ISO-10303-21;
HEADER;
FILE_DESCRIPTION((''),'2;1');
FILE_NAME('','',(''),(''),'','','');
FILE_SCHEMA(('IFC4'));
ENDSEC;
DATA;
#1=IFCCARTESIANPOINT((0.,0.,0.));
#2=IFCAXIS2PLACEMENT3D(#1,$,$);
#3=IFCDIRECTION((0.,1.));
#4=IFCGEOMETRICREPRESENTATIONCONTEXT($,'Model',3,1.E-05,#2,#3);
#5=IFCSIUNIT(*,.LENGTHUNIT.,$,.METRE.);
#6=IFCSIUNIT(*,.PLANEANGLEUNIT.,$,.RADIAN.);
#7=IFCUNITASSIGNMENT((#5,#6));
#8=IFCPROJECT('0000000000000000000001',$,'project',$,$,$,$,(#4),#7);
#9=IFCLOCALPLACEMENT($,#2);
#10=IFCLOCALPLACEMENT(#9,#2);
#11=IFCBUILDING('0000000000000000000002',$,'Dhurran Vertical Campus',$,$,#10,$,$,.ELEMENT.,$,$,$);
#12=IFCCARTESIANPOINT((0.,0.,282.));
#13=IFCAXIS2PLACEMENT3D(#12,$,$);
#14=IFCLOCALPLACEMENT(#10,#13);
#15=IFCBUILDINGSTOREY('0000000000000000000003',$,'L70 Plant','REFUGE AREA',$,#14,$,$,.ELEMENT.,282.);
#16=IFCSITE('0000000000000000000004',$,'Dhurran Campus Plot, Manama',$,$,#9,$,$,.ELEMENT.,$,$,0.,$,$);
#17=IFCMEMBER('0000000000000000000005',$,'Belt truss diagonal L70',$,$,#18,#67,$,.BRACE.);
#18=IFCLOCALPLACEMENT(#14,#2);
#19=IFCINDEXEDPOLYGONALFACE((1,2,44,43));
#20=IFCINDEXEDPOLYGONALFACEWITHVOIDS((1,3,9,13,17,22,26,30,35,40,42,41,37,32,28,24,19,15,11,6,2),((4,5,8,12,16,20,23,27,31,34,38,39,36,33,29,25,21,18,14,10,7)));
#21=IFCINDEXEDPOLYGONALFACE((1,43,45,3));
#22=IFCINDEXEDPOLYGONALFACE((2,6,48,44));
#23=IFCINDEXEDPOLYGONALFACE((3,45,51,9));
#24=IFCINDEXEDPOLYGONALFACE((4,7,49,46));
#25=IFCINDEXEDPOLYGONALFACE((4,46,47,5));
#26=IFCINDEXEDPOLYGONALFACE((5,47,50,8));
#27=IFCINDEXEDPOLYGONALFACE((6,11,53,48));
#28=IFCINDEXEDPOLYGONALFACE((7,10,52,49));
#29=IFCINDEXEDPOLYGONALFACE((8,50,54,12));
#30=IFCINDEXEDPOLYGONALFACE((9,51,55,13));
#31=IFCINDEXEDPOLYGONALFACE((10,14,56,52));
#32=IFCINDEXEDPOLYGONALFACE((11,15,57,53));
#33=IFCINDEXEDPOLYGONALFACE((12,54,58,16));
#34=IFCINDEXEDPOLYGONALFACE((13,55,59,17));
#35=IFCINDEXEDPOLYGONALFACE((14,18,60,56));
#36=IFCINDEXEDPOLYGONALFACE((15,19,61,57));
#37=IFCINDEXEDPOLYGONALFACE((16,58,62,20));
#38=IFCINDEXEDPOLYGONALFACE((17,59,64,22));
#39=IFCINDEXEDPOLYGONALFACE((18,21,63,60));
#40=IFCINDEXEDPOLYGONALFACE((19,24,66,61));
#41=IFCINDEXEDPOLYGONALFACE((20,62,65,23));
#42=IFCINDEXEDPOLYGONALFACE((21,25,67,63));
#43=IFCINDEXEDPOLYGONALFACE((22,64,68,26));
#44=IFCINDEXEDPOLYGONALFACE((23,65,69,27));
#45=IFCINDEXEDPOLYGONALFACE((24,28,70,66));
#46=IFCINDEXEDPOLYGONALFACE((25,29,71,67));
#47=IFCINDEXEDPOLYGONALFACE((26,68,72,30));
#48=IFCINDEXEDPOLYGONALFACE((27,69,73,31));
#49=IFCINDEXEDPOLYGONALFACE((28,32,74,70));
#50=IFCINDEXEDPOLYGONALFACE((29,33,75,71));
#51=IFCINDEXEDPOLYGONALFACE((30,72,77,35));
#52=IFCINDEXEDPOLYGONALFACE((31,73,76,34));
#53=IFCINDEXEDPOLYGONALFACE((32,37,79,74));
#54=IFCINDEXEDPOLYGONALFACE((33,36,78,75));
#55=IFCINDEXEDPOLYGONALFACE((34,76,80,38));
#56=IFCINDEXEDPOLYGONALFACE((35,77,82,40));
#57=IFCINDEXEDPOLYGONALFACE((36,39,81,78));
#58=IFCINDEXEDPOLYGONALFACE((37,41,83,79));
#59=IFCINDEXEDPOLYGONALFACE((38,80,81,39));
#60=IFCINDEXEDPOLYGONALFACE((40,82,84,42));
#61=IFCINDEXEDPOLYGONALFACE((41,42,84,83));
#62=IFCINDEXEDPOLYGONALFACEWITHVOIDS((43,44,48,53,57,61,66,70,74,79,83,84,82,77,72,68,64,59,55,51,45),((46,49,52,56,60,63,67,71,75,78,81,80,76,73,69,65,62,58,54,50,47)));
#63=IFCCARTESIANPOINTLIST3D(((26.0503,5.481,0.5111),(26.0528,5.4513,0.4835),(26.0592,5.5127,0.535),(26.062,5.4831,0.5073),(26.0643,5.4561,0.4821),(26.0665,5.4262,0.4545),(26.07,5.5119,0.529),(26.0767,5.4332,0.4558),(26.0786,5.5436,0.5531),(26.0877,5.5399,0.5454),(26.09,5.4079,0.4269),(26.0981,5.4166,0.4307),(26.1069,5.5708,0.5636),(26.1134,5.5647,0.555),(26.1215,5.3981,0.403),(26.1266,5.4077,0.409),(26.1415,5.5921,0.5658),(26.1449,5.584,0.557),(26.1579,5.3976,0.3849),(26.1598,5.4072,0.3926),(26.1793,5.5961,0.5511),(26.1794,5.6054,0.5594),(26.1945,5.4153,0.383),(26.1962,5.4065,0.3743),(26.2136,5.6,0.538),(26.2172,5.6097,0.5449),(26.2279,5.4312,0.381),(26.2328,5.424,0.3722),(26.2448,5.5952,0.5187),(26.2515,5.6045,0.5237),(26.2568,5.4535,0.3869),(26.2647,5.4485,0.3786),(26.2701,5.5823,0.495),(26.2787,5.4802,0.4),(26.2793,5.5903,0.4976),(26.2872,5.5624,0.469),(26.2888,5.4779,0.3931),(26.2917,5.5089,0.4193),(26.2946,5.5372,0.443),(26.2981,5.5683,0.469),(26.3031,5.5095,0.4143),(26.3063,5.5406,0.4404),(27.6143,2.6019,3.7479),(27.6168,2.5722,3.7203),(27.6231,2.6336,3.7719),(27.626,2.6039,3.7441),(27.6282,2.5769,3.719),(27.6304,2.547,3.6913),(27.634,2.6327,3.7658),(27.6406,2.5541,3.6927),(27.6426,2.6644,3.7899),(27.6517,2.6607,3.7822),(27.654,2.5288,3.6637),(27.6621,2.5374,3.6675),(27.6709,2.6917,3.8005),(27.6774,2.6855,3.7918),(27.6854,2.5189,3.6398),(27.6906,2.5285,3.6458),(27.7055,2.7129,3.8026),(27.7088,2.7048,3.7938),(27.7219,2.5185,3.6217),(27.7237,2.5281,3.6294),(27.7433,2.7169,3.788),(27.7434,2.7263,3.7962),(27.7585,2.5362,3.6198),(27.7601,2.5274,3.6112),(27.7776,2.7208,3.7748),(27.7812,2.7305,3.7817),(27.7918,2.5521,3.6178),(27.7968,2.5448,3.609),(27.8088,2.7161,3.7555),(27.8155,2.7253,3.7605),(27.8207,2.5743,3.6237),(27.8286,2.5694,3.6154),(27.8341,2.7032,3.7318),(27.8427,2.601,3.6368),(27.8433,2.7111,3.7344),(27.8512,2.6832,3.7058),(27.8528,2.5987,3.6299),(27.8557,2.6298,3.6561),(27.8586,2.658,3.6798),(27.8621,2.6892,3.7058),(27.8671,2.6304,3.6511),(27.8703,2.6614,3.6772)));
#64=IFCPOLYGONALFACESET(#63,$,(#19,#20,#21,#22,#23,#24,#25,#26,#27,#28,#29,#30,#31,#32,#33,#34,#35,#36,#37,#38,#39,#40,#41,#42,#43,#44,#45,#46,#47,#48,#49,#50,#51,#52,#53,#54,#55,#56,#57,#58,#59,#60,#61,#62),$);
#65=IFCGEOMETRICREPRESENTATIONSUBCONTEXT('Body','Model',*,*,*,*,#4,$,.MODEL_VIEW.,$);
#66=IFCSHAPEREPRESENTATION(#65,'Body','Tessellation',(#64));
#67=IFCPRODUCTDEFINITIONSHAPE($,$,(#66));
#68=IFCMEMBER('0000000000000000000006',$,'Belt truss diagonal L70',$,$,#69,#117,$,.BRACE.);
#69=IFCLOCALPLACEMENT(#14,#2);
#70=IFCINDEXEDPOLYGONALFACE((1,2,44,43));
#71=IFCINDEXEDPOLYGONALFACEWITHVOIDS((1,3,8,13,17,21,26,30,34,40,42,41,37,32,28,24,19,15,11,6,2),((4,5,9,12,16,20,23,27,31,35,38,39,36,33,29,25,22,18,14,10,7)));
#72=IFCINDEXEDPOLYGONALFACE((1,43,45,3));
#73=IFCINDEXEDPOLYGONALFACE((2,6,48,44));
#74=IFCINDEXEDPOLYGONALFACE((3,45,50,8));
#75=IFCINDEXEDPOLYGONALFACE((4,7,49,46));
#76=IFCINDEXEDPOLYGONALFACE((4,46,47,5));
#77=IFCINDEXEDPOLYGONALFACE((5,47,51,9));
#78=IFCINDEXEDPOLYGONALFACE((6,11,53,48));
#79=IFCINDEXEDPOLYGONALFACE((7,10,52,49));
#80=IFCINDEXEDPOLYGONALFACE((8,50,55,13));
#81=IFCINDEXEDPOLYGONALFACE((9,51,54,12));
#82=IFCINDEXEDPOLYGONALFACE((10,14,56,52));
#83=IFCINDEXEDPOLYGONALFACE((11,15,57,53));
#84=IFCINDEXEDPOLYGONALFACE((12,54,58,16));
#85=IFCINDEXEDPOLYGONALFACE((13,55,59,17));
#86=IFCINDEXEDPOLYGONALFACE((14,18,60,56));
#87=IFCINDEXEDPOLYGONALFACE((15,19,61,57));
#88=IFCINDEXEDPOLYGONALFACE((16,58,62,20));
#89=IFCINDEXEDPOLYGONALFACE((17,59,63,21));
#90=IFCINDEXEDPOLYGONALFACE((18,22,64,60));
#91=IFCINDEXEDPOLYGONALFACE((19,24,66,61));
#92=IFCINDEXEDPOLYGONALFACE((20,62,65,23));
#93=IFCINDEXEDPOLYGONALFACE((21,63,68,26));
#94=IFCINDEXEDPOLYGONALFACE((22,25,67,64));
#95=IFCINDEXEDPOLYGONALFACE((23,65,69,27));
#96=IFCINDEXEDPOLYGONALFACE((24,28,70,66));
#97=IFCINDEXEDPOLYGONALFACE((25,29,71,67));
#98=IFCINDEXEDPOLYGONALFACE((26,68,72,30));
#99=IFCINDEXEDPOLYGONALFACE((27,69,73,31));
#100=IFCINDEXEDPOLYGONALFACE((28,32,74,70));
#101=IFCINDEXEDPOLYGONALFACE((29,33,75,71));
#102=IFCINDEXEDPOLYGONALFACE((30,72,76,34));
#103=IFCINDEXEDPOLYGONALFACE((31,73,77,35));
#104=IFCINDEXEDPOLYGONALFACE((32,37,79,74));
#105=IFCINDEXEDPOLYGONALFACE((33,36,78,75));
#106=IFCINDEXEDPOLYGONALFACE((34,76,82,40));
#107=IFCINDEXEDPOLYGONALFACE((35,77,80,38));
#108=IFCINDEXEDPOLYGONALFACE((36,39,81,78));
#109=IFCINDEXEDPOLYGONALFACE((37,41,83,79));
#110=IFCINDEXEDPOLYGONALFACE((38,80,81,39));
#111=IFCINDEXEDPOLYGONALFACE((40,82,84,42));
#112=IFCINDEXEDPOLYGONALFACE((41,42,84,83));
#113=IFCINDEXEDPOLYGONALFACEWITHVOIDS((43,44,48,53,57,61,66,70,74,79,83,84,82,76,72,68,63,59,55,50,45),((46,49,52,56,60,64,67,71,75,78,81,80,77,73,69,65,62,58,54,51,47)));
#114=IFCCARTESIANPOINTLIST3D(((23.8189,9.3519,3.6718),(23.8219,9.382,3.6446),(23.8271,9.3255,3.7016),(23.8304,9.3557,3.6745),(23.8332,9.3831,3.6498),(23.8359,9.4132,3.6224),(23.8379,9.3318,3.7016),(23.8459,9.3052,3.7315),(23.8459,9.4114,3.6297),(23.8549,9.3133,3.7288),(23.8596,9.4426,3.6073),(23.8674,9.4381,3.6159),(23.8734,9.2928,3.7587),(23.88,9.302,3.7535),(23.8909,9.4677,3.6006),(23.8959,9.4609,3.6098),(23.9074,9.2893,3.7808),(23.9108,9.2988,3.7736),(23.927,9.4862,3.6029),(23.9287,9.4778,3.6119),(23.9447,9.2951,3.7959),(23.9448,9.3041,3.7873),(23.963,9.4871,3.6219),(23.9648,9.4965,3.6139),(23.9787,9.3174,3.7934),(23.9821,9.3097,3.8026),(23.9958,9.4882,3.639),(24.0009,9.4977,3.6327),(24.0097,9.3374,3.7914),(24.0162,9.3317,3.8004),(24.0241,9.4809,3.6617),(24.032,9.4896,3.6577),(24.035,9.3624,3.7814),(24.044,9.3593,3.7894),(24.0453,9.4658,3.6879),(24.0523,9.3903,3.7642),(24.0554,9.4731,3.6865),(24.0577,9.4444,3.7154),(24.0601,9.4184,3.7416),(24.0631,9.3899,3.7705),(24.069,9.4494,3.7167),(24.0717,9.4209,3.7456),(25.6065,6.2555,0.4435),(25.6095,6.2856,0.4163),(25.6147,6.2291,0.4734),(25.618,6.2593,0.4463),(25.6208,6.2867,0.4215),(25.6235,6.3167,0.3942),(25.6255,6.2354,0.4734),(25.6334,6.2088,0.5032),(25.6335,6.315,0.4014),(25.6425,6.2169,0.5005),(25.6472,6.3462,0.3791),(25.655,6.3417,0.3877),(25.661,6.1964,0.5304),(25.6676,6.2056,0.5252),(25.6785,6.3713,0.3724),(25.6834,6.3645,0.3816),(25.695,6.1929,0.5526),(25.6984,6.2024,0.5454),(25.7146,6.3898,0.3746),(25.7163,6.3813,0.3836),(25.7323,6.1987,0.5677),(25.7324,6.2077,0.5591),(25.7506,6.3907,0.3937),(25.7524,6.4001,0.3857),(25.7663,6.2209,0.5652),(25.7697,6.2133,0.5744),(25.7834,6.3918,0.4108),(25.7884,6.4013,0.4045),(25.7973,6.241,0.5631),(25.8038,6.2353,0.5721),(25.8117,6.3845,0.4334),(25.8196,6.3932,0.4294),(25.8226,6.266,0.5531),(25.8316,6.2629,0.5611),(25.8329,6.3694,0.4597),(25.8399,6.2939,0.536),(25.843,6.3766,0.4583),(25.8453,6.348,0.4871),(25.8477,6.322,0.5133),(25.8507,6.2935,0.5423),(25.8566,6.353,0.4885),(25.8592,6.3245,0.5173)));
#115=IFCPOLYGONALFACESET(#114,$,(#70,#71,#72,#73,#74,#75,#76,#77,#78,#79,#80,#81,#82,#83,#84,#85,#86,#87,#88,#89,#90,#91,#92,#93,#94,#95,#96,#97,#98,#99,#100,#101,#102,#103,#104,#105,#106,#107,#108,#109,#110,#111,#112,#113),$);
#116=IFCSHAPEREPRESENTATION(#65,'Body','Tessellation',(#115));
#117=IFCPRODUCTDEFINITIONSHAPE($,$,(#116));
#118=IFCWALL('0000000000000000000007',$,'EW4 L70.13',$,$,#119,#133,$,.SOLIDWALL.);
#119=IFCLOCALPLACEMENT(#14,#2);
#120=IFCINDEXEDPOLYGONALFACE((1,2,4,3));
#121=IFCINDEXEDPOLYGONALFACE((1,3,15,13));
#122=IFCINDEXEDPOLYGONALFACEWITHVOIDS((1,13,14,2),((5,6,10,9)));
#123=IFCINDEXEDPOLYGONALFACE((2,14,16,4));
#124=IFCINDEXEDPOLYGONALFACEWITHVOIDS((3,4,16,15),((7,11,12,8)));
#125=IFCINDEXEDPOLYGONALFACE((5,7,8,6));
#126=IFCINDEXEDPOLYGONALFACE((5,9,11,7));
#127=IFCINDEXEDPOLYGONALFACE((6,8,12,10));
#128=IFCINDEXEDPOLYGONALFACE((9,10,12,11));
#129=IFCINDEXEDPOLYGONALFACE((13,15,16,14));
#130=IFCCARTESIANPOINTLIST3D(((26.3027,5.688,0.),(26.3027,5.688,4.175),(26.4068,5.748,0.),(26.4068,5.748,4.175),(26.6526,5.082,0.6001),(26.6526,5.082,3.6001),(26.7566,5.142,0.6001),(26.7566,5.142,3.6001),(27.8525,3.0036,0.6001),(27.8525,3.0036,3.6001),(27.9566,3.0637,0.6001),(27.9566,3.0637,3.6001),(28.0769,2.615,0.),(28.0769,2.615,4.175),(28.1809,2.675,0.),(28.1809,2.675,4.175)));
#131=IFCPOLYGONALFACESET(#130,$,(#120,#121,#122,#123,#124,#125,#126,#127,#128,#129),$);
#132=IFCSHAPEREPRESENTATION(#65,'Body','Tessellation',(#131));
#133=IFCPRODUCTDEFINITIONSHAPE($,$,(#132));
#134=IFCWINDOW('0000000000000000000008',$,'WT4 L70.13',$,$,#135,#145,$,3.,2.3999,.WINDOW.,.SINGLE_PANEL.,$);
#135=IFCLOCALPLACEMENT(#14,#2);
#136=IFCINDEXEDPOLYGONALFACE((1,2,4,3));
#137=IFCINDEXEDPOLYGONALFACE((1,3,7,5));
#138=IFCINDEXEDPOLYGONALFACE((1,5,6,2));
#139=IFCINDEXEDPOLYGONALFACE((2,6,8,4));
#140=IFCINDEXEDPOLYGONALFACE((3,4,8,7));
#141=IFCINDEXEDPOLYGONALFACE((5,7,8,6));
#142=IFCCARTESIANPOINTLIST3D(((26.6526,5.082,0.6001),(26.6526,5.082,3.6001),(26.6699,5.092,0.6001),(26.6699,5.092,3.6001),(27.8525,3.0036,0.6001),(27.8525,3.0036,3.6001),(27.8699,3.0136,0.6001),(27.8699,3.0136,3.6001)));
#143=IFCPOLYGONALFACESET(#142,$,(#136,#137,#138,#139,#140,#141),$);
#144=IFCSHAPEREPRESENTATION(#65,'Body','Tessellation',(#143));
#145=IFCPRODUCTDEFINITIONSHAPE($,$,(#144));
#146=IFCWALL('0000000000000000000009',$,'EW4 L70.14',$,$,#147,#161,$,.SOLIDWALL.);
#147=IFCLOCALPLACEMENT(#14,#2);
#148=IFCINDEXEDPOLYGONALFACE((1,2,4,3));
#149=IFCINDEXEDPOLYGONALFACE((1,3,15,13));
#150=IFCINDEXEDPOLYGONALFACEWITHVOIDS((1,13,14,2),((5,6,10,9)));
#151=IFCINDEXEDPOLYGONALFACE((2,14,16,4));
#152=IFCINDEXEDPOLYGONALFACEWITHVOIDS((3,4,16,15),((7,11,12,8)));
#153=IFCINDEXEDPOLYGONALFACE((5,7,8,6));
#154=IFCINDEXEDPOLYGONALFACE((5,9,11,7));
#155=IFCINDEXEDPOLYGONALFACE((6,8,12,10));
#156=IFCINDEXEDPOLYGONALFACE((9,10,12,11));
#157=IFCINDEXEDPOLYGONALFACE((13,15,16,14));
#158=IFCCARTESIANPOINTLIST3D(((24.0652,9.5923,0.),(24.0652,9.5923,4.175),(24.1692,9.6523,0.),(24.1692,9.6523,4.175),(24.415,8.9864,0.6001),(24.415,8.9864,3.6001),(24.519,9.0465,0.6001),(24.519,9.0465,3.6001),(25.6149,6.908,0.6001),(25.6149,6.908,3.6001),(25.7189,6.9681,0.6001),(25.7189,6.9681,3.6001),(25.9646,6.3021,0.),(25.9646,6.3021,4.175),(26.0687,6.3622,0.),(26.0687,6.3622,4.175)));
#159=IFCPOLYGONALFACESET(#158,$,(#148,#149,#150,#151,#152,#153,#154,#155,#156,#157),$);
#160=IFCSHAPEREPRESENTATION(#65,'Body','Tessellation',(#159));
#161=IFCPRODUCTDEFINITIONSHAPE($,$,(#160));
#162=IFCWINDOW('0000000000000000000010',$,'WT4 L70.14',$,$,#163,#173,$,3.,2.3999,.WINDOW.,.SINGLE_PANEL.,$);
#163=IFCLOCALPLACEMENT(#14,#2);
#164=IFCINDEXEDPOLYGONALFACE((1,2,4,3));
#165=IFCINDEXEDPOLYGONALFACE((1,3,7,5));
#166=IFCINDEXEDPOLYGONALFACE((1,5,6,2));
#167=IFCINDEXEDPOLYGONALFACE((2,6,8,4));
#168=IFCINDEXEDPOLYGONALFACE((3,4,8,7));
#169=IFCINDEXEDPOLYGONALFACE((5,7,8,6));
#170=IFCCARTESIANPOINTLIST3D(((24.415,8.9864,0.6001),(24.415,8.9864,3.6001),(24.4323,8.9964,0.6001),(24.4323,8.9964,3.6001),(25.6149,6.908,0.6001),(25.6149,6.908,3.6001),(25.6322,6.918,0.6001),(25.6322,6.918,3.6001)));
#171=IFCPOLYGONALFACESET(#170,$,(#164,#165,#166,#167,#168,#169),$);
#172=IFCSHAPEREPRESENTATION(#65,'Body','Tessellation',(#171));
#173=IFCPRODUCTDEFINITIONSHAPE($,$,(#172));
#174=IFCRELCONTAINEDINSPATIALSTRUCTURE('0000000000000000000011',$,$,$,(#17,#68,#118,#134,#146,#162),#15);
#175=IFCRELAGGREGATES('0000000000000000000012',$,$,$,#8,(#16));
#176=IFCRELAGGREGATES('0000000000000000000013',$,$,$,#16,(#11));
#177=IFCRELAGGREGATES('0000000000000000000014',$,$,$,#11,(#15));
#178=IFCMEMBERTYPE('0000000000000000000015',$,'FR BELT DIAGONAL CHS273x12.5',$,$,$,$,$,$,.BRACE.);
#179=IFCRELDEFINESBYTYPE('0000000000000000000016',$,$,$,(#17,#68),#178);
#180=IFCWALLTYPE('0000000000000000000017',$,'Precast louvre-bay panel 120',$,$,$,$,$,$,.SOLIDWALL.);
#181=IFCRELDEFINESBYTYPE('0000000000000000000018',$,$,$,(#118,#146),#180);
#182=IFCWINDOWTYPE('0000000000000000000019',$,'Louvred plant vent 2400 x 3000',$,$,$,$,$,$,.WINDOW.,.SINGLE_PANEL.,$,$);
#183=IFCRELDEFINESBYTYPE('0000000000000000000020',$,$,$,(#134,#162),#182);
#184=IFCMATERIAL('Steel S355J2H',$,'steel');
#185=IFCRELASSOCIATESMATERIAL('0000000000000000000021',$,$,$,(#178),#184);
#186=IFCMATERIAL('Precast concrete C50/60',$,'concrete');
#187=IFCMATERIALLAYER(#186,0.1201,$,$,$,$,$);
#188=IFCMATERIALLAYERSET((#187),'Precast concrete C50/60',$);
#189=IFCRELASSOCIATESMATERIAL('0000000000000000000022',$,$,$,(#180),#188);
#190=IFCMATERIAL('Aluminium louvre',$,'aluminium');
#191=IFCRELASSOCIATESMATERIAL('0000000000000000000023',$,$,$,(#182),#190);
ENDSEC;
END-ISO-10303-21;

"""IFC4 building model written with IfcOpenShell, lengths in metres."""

from ifc_helpers import new_model, si_unit, direction, frame, frame_2d, origin, origin_2d, place, context, subcontext, project, spatial, rectangle, hollow_circle, extrude, material, layer, layer_set, material_profile, profile_set, type_object, element, fill, save


model = new_model("IFC4")

# Units and contexts
model_context = context("Model", 3, precision=1e-05, world=origin(), true_north=direction((0.0, 1.0)))
body_context = subcontext(model_context, "Body", "Model", "MODEL_VIEW")
ifc_project = project(units=[si_unit("LENGTHUNIT", "METRE"), si_unit("PLANEANGLEUNIT", "RADIAN")], contexts=[model_context])

# Site, building, storey
site_placement = place(None, origin())
site = spatial("IfcSite", under=ifc_project, at=site_placement, Name="Dhurran Campus Plot, Manama", CompositionType="ELEMENT", RefElevation=0.0)
building_placement = place(site_placement, origin())
building = spatial("IfcBuilding", under=site, at=building_placement, Name="Dhurran Vertical Campus", CompositionType="ELEMENT")
storey_placement = place(building_placement, frame((0.0, 0.0, 282.0)))
storey = spatial("IfcBuildingStorey", under=building, at=storey_placement, Name="L70 Plant", Description="REFUGE AREA", CompositionType="ELEMENT", Elevation=282.0)

# Members
ifc_material_1 = material(Name="Steel S355J2H", Category="steel")
ifc_material_profile_1 = material_profile(ifc_material_1, hollow_circle(Radius=0.1365, WallThickness=0.0125, at=origin_2d()), Name="CHS273x12.5")
ifc_profile_set_1 = profile_set([ifc_material_profile_1], Name="Steel S355J2H")
member_type = type_object("IfcMemberType", Name="FR BELT DIAGONAL CHS273x12.5", PredefinedType="BRACE", material=ifc_profile_set_1)
member_1_placement = place(storey_placement, frame((26.1782, 5.5032, 0.469), z_axis=(0.339572, -0.625128, 0.702785), x_axis=(0.878726, 0.477327, 0.0)))
element("IfcMember", 1, at=member_1_placement, inside=storey, type_object=member_type, Name="Belt truss diagonal L70", PredefinedType="BRACE", context=body_context, shape_type="SweptSolid", body=[
    extrude(hollow_circle(Radius=0.1365, WallThickness=0.0125, at=origin_2d()), origin(), (0.0, 0.0, 1.0), 4.6057),
])
member_2_placement = place(storey_placement, frame((25.7329, 6.2974, 0.4734), z_axis=(-0.371089, 0.642791, 0.670159), x_axis=(-0.866041, -0.499973, 0.0)))
element("IfcMember", 2, at=member_2_placement, inside=storey, type_object=member_type, Name="Belt truss diagonal L70", PredefinedType="BRACE", context=body_context, shape_type="SweptSolid", body=[
    extrude(hollow_circle(Radius=0.1365, WallThickness=0.0125, at=origin_2d()), origin(), (0.0, 0.0, 1.0), 4.8171),
])

# Walls, openings, windows
ifc_material_2 = material(Name="Precast concrete C50/60", Category="concrete")
ifc_layer_1 = layer(ifc_material_2, 0.1201)
ifc_layer_set_1 = layer_set([ifc_layer_1], Name="Precast concrete C50/60")
wall_type_1 = type_object("IfcWallType", Name="Precast louvre-bay panel 120", PredefinedType="SOLIDWALL", material=ifc_layer_set_1)
wall_1_placement = place(storey_placement, frame((28.1289, 2.645, 0.0), z_axis=(0.0, 0.0, 1.0), x_axis=(-0.499994, 0.866029, 0.0)))
wall_1 = element("IfcWall", 3, at=wall_1_placement, inside=storey, type_object=wall_type_1, Name="EW4 L70.13", PredefinedType="SOLIDWALL", context=body_context, shape_type="SweptSolid", body=[
    extrude(rectangle(XDim=3.5483, YDim=0.1201, at=frame_2d((1.7742, 0.0))), origin(), (0.0, 0.0, 1.0), 4.175),
])
opening_1_placement = place(wall_1_placement, frame((0.4487, 0.0, 0.6001)))
opening_1 = element("IfcOpeningElement", 4, at=opening_1_placement, cuts=wall_1, PredefinedType="OPENING", context=body_context, shape_type="SweptSolid", body=[
    extrude(rectangle(XDim=2.3999, YDim=3.0, at=frame_2d((1.2, 1.5))), frame((0.0, 0.0701, 0.0), z_axis=(0.0, -1.0, 0.0), x_axis=(1.0, 0.0, 0.0)), (0.0, 0.0, 1.0), 0.1401),
])
ifc_material_3 = material(Name="Aluminium louvre", Category="aluminium")
window_type = type_object("IfcWindowType", Name="Louvred plant vent 2400 x 3000", PartitioningType="SINGLE_PANEL", PredefinedType="WINDOW", material=ifc_material_3)
window_1_placement = place(opening_1_placement, origin())
window_1 = element("IfcWindow", 5, at=window_1_placement, inside=storey, type_object=window_type, Name="WT4 L70.13", OverallHeight=3.0, OverallWidth=2.3999, PartitioningType="SINGLE_PANEL", PredefinedType="WINDOW", context=body_context, shape_type="SweptSolid", body=[
    extrude(rectangle(XDim=2.3999, YDim=3.0, at=frame_2d((1.2, 1.5))), frame((0.0, 0.0601, 0.0), z_axis=(0.0, -1.0, 0.0), x_axis=(1.0, 0.0, 0.0)), (0.0, 0.0, 1.0), 0.02),
])
fill(opening_1, window_1)
wall_2_placement = place(storey_placement, frame((26.0166, 6.3323, 0.0), z_axis=(0.0, 0.0, 1.0), x_axis=(-0.499982, 0.866036, 0.0)))
wall_2 = element("IfcWall", 6, at=wall_2_placement, inside=storey, type_object=wall_type_1, Name="EW4 L70.14", PredefinedType="SOLIDWALL", context=body_context, shape_type="SweptSolid", body=[
    extrude(rectangle(XDim=3.7991, YDim=0.1201, at=frame_2d((1.8994, 0.0))), origin(), (0.0, 0.0, 1.0), 4.175),
])
opening_2_placement = place(wall_2_placement, frame((0.6995, 0.0, 0.6001)))
opening_2 = element("IfcOpeningElement", 7, at=opening_2_placement, cuts=wall_2, PredefinedType="OPENING", context=body_context, shape_type="SweptSolid", body=[
    extrude(rectangle(XDim=2.3999, YDim=3.0, at=frame_2d((1.2, 1.5))), frame((0.0, 0.0701, 0.0), z_axis=(0.0, -1.0, 0.0), x_axis=(1.0, 0.0, 0.0)), (0.0, 0.0, 1.0), 0.1401),
])
window_2_placement = place(opening_2_placement, origin())
window_2 = element("IfcWindow", 8, at=window_2_placement, inside=storey, type_object=window_type, Name="WT4 L70.14", OverallHeight=3.0, OverallWidth=2.3999, PartitioningType="SINGLE_PANEL", PredefinedType="WINDOW", context=body_context, shape_type="SweptSolid", body=[
    extrude(rectangle(XDim=2.3999, YDim=3.0, at=frame_2d((1.2, 1.5))), frame((0.0, 0.0601, 0.0), z_axis=(0.0, -1.0, 0.0), x_axis=(1.0, 0.0, 0.0)), (0.0, 0.0, 1.0), 0.02),
])
fill(opening_2, window_2)

save(model, "model.ifc")
